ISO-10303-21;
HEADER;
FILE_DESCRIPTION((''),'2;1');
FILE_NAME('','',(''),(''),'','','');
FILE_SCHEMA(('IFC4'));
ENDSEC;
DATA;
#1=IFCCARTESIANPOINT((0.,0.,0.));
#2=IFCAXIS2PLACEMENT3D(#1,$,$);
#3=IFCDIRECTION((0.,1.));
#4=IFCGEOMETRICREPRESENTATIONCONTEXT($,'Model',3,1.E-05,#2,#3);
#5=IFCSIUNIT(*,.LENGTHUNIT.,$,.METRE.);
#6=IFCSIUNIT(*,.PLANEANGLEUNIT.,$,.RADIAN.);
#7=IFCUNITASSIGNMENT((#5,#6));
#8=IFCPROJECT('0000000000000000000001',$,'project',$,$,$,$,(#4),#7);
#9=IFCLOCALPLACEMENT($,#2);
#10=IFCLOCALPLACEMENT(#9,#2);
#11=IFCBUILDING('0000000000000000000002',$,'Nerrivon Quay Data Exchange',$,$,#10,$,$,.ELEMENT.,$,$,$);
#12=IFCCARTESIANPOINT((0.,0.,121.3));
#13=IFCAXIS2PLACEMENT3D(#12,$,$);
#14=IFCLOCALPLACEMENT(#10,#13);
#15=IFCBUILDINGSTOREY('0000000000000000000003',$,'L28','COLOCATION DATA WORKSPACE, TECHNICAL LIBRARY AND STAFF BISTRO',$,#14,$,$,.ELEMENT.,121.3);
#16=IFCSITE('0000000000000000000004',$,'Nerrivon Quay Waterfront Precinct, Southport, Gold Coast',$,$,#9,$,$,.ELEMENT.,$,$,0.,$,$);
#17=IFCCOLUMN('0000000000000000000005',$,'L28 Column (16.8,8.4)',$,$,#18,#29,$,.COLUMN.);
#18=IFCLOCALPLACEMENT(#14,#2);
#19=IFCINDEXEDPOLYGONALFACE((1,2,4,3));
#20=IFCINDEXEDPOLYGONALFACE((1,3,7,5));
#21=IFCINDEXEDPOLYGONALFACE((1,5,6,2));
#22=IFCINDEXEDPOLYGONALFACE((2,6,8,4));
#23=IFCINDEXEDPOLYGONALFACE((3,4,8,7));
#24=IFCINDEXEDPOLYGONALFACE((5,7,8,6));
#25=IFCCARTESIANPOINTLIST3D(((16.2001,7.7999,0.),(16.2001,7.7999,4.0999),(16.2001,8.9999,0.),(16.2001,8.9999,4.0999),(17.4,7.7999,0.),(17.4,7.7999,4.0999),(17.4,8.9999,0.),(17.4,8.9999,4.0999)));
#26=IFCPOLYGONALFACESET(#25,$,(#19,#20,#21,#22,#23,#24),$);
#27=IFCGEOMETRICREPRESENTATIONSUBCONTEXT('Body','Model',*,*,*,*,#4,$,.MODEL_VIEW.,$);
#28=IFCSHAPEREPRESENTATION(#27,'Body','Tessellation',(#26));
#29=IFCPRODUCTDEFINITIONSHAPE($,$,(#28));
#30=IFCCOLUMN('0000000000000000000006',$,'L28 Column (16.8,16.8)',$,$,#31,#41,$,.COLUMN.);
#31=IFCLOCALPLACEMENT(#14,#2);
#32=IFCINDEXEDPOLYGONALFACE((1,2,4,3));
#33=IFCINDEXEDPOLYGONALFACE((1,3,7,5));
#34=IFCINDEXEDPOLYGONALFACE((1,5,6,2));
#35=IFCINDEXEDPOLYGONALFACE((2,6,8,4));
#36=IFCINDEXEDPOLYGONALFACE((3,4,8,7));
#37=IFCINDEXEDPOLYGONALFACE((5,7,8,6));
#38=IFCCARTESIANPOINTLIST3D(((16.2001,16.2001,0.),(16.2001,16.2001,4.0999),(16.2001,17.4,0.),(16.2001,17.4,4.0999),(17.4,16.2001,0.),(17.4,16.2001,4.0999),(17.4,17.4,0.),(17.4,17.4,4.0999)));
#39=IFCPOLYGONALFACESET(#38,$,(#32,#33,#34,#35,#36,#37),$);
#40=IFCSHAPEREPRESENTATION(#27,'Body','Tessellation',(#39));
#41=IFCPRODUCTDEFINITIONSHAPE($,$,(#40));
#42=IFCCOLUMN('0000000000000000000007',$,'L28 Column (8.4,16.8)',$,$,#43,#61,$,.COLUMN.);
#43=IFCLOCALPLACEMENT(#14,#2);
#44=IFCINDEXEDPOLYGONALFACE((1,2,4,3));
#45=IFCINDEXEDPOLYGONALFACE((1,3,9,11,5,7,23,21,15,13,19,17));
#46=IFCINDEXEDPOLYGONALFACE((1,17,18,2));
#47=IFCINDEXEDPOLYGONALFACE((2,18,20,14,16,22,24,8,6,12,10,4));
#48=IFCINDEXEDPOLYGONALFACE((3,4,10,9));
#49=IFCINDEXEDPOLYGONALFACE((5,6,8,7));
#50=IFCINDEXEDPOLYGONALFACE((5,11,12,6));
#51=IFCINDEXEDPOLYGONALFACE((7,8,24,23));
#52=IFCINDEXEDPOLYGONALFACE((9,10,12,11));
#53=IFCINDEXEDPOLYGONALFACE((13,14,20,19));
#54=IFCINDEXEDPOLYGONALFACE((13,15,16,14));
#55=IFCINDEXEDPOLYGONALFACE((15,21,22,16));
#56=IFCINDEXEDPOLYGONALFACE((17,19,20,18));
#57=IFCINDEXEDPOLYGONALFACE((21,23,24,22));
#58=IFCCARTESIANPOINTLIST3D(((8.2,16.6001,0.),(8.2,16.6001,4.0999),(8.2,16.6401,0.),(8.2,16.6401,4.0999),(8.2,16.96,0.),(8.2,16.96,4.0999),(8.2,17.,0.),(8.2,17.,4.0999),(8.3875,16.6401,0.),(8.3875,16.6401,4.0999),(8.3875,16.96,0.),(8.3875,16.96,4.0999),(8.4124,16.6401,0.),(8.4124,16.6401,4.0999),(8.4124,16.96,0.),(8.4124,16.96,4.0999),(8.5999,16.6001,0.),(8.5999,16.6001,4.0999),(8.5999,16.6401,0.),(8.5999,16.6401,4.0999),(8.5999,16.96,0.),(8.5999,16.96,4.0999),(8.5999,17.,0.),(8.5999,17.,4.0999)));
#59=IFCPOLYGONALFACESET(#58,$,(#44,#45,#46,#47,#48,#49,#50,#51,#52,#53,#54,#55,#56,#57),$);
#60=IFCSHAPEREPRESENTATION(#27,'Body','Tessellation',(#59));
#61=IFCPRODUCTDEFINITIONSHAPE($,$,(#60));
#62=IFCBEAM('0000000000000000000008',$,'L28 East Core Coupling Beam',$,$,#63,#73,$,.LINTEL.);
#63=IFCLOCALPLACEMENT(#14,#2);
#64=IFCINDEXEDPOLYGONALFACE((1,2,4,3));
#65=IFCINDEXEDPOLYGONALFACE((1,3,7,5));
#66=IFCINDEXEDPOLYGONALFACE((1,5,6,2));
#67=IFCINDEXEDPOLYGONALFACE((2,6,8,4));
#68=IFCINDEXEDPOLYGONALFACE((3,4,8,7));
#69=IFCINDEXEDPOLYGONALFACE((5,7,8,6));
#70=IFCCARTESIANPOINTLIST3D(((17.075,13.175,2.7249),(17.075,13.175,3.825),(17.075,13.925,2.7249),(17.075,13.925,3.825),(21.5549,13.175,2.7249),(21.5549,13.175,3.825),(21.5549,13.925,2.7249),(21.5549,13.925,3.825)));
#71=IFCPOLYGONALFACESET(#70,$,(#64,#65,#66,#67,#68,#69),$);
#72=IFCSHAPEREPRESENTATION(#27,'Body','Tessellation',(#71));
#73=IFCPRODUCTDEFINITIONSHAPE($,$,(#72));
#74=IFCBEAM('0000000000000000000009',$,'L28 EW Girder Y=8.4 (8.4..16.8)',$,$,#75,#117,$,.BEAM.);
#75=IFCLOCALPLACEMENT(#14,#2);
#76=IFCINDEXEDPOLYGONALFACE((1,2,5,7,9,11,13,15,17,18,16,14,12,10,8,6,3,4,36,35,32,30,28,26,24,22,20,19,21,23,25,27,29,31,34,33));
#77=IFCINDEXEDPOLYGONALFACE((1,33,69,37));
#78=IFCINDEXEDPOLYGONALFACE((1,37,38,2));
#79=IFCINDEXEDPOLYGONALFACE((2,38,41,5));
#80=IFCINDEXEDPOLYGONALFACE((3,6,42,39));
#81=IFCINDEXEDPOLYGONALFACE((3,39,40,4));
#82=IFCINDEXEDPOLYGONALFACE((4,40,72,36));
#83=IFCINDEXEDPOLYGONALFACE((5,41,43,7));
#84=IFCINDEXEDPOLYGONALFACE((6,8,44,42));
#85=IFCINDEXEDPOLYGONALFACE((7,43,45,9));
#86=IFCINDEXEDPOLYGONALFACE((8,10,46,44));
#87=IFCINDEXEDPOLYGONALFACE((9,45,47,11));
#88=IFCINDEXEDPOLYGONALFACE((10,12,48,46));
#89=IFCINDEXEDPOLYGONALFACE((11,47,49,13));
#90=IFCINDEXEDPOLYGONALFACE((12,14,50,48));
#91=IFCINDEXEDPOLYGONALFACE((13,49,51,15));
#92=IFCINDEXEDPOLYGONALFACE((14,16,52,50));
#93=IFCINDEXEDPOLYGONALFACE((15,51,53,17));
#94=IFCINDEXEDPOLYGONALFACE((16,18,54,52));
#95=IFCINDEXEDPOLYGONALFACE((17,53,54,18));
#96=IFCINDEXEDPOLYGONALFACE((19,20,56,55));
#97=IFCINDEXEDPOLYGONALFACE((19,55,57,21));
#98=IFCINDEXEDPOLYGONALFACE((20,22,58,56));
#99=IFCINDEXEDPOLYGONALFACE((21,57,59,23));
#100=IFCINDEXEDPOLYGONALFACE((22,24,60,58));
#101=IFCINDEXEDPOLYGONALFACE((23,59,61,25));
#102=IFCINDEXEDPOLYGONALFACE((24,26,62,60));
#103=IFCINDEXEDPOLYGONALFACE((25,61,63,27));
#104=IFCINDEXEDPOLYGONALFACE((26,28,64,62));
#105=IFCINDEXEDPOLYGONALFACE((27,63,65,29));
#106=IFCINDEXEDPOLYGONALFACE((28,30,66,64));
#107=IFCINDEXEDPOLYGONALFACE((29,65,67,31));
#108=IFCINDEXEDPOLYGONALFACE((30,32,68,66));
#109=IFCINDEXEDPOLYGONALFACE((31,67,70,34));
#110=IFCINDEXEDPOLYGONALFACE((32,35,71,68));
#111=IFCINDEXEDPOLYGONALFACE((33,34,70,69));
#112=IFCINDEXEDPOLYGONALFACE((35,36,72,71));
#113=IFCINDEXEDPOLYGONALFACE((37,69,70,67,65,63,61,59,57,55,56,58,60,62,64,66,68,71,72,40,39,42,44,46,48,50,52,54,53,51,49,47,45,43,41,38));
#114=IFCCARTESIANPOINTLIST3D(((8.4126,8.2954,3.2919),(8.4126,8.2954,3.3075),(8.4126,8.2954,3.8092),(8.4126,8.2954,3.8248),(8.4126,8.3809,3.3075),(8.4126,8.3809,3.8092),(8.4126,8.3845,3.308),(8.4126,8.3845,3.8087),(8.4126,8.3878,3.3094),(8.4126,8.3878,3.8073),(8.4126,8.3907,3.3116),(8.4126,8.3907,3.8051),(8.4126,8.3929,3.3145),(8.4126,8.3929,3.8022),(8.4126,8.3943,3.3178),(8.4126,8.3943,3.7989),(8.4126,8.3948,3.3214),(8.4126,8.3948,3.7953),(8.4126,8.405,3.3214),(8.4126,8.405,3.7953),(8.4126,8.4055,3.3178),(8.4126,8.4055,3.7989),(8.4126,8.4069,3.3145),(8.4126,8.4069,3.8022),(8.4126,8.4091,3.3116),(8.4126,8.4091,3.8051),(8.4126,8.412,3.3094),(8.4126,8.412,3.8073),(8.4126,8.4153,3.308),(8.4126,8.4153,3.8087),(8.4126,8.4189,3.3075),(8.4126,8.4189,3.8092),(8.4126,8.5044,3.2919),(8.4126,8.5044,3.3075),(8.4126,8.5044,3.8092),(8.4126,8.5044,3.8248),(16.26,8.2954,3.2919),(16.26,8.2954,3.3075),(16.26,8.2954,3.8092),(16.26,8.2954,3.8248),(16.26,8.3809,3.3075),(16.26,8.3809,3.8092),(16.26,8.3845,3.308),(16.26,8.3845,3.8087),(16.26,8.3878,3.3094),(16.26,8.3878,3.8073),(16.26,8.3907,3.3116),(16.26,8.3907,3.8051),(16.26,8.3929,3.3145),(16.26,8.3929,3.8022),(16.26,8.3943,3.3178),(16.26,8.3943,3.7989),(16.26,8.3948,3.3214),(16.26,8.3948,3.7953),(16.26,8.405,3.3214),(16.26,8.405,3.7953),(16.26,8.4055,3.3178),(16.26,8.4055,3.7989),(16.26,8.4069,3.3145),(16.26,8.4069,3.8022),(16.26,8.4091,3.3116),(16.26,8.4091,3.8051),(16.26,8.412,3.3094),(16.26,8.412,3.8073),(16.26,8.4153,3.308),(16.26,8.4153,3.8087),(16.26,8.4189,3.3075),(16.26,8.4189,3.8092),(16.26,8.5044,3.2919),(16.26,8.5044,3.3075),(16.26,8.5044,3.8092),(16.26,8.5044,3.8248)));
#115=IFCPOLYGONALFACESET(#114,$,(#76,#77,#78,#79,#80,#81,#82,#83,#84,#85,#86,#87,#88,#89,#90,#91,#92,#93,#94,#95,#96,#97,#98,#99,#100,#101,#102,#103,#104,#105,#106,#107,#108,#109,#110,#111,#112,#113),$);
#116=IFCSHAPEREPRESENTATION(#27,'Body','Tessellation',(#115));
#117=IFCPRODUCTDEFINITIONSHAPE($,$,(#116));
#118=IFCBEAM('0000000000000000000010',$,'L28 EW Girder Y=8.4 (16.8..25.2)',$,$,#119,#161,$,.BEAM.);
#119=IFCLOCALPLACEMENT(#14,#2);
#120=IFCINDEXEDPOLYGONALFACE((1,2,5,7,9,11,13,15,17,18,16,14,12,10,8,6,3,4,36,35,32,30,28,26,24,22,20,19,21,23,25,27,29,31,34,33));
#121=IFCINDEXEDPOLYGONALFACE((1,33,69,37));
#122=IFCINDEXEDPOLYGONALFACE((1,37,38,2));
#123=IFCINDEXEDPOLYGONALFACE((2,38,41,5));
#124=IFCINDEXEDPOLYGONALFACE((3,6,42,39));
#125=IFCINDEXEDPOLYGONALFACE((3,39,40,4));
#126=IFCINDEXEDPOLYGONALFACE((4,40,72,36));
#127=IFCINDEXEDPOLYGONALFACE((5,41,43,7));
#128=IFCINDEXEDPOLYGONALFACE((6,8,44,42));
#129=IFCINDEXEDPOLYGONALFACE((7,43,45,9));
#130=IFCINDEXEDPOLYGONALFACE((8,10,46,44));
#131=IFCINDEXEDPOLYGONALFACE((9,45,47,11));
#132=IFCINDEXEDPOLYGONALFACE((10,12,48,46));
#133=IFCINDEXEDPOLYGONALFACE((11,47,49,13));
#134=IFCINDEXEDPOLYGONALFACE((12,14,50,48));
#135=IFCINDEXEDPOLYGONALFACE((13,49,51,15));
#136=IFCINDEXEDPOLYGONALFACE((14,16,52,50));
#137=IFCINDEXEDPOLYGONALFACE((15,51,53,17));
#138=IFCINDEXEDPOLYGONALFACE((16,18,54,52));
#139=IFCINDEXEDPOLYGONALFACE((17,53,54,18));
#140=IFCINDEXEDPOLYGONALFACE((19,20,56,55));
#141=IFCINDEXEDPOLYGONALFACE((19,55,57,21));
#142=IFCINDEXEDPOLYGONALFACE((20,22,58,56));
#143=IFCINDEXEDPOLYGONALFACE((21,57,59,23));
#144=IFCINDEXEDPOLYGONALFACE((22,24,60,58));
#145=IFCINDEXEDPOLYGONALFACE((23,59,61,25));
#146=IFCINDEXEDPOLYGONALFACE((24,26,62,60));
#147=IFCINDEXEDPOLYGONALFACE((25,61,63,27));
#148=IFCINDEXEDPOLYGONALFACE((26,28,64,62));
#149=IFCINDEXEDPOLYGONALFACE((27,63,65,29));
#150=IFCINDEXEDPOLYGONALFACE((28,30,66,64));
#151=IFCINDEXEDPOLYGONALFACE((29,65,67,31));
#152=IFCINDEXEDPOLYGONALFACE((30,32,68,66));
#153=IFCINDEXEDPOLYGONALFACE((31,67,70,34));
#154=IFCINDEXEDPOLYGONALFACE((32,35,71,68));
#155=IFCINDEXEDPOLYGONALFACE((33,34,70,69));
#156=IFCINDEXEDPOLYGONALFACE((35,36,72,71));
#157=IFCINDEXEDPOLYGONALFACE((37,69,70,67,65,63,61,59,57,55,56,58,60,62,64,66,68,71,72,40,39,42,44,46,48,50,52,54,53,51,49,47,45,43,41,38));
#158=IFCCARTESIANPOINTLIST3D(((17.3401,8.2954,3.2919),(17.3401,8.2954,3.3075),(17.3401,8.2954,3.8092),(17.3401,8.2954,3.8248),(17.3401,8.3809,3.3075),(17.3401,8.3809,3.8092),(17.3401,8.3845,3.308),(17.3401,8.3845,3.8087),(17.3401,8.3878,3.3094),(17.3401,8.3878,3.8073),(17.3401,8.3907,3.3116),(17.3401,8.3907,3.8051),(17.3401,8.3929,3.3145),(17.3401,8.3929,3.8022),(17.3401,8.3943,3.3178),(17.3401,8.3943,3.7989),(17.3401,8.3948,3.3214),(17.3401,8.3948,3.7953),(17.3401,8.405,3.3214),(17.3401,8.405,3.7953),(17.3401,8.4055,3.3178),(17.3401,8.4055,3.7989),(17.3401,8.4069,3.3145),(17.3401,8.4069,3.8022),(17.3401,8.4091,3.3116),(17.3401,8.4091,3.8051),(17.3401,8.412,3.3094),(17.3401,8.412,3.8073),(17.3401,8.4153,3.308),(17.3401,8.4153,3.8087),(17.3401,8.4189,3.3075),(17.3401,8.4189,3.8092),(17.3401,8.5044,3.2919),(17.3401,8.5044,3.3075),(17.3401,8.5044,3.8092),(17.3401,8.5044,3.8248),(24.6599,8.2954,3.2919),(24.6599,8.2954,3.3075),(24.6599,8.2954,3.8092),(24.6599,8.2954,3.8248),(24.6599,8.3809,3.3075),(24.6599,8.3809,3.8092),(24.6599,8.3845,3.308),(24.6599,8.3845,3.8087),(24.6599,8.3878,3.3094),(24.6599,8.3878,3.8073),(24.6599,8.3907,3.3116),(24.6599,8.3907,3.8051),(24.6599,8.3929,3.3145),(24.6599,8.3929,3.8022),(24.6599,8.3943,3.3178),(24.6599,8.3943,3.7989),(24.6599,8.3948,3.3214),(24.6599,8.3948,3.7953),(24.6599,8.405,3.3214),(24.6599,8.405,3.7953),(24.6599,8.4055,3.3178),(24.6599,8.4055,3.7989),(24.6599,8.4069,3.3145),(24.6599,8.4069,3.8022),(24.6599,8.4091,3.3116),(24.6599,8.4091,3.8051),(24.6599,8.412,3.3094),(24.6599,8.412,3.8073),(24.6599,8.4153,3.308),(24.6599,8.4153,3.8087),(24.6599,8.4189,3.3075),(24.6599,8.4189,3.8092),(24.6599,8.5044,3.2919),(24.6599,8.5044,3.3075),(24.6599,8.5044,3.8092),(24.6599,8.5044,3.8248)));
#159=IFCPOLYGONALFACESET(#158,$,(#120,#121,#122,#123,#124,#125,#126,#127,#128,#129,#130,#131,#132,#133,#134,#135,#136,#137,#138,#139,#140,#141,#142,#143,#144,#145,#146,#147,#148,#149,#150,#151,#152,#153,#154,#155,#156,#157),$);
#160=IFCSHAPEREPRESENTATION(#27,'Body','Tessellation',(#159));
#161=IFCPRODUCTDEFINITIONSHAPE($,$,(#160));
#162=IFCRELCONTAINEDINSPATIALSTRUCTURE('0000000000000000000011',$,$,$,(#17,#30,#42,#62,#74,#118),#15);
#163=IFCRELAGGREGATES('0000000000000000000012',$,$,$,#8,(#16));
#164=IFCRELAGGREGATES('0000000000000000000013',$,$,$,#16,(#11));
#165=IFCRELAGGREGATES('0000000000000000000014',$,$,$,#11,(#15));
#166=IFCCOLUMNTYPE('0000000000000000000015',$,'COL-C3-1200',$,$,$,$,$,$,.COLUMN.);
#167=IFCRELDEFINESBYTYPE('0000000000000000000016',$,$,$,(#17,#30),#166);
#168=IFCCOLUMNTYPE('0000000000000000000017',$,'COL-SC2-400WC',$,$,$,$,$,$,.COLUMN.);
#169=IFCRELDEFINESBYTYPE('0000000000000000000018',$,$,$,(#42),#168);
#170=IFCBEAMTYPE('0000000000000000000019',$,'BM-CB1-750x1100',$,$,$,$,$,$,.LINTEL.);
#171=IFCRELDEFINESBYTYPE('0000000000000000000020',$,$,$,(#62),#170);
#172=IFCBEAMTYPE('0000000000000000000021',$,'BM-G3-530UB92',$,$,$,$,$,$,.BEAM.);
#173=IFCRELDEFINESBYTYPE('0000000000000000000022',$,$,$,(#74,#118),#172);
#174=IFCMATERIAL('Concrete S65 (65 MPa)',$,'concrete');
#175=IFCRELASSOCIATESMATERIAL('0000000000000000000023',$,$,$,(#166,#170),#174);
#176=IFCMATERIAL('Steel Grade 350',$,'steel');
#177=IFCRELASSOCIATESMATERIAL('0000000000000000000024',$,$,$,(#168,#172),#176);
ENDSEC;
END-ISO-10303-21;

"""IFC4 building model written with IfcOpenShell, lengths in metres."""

from ifc_helpers import new_model, si_unit, direction, frame, origin, origin_2d, place, context, subcontext, project, spatial, rectangle, i_section, extrude, material, material_profile, profile_set, type_object, element, save


model = new_model("IFC4")

# Units and contexts
model_context = context("Model", 3, precision=1e-05, world=origin(), true_north=direction((0.0, 1.0)))
body_context = subcontext(model_context, "Body", "Model", "MODEL_VIEW")
ifc_project = project(units=[si_unit("LENGTHUNIT", "METRE"), si_unit("PLANEANGLEUNIT", "RADIAN")], contexts=[model_context])

# Site, building, storey
site_placement = place(None, origin())
site = spatial("IfcSite", under=ifc_project, at=site_placement, Name="Nerrivon Quay Waterfront Precinct, Southport, Gold Coast", CompositionType="ELEMENT", RefElevation=0.0)
building_placement = place(site_placement, origin())
building = spatial("IfcBuilding", under=site, at=building_placement, Name="Nerrivon Quay Data Exchange", CompositionType="ELEMENT")
storey_placement = place(building_placement, frame((0.0, 0.0, 121.3)))
storey = spatial("IfcBuildingStorey", under=building, at=storey_placement, Name="L28", Description="COLOCATION DATA WORKSPACE, TECHNICAL LIBRARY AND STAFF BISTRO", CompositionType="ELEMENT", Elevation=121.3)

# Columns
ifc_material_1 = material(Name="Concrete S65 (65 MPa)", Category="concrete")
ifc_material_profile_1 = material_profile(ifc_material_1, rectangle(XDim=1.2, YDim=1.2, at=origin_2d()), Name="RC-COL-1200x1200")
ifc_profile_set_1 = profile_set([ifc_material_profile_1], Name="Concrete S65 (65 MPa)")
column_type_1 = type_object("IfcColumnType", Name="COL-C3-1200", PredefinedType="COLUMN", material=ifc_profile_set_1)
for number, where, z_axis, x_axis, name in (
    (1, (16.8, 8.3999, 0.0), (0.0, 0.0, 1.0), (1.0, 0.0, 0.0), "L28 Column (16.8,8.4)"),
    (2, (16.8, 16.8, 0.0), (0.0, 0.0, 1.0), (1.0, 0.0, 0.0), "L28 Column (16.8,16.8)"),
):
    element("IfcColumn", number, at=place(storey_placement, frame(where, z_axis=z_axis, x_axis=x_axis)), inside=storey, type_object=column_type_1, Name=name, PredefinedType="COLUMN", context=body_context, shape_type="SweptSolid", body=[
        extrude(rectangle(XDim=1.2, YDim=1.2, at=origin_2d()), origin(), (0.0, 0.0, 1.0), 4.0999),
    ])
ifc_material_2 = material(Name="Steel Grade 350", Category="steel")
ifc_material_profile_2 = material_profile(ifc_material_2, i_section(OverallWidth=0.3999, OverallDepth=0.3999, WebThickness=0.0249, FlangeThickness=0.04, at=origin_2d()), Name="400WC328")
ifc_profile_set_2 = profile_set([ifc_material_profile_2], Name="Steel Grade 350")
column_type_2 = type_object("IfcColumnType", Name="COL-SC2-400WC", PredefinedType="COLUMN", material=ifc_profile_set_2)
column_placement = place(storey_placement, frame((8.3999, 16.8, 0.0), z_axis=(0.0, 0.0, 1.0), x_axis=(1.0, 0.0, 0.0)))
element("IfcColumn", 3, at=column_placement, inside=storey, type_object=column_type_2, Name="L28 Column (8.4,16.8)", PredefinedType="COLUMN", context=body_context, shape_type="SweptSolid", body=[
    extrude(i_section(OverallWidth=0.3999, OverallDepth=0.3999, WebThickness=0.0249, FlangeThickness=0.04, at=origin_2d()), origin(), (0.0, 0.0, 1.0), 4.0999),
])

# Beams
ifc_material_profile_3 = material_profile(ifc_material_1, rectangle(XDim=0.75, YDim=1.1001, at=origin_2d()), Name="RC-CB-750x1100")
ifc_profile_set_3 = profile_set([ifc_material_profile_3], Name="Concrete S65 (65 MPa)")
beam_type_1 = type_object("IfcBeamType", Name="BM-CB1-750x1100", PredefinedType="LINTEL", material=ifc_profile_set_3)
beam_1_placement = place(storey_placement, frame((17.075, 13.55, 3.2749), z_axis=(1.0, 0.0, 0.0), x_axis=(0.0, 1.0, 0.0)))
element("IfcBeam", 4, at=beam_1_placement, inside=storey, type_object=beam_type_1, Name="L28 East Core Coupling Beam", PredefinedType="LINTEL", context=body_context, shape_type="SweptSolid", body=[
    extrude(rectangle(XDim=0.75, YDim=1.1001, at=origin_2d()), origin(), (0.0, 0.0, 1.0), 4.48),
])
ifc_material_profile_4 = material_profile(ifc_material_2, i_section(OverallWidth=0.209, OverallDepth=0.533, WebThickness=0.0103, FlangeThickness=0.0156, FilletRadius=0.0139, at=origin_2d()), Name="530UB92.4")
ifc_profile_set_4 = profile_set([ifc_material_profile_4], Name="Steel Grade 350")
beam_type_2 = type_object("IfcBeamType", Name="BM-G3-530UB92", PredefinedType="BEAM", material=ifc_profile_set_4)
beam_2_placement = place(storey_placement, frame((8.4126, 8.3999, 3.5583), z_axis=(1.0, 0.0, 0.0), x_axis=(0.0, 1.0, 0.0)))
element("IfcBeam", 5, at=beam_2_placement, inside=storey, type_object=beam_type_2, Name="L28 EW Girder Y=8.4 (8.4..16.8)", PredefinedType="BEAM", context=body_context, shape_type="SweptSolid", body=[
    extrude(i_section(OverallWidth=0.209, OverallDepth=0.533, WebThickness=0.0103, FlangeThickness=0.0156, FilletRadius=0.0139, at=origin_2d()), origin(), (0.0, 0.0, 1.0), 7.8474),
])
beam_3_placement = place(storey_placement, frame((17.3401, 8.3999, 3.5583), z_axis=(1.0, 0.0, 0.0), x_axis=(0.0, 1.0, 0.0)))
element("IfcBeam", 6, at=beam_3_placement, inside=storey, type_object=beam_type_2, Name="L28 EW Girder Y=8.4 (16.8..25.2)", PredefinedType="BEAM", context=body_context, shape_type="SweptSolid", body=[
    extrude(i_section(OverallWidth=0.209, OverallDepth=0.533, WebThickness=0.0103, FlangeThickness=0.0156, FilletRadius=0.0139, at=origin_2d()), origin(), (0.0, 0.0, 1.0), 7.3198),
])

save(model, "model.ifc")
